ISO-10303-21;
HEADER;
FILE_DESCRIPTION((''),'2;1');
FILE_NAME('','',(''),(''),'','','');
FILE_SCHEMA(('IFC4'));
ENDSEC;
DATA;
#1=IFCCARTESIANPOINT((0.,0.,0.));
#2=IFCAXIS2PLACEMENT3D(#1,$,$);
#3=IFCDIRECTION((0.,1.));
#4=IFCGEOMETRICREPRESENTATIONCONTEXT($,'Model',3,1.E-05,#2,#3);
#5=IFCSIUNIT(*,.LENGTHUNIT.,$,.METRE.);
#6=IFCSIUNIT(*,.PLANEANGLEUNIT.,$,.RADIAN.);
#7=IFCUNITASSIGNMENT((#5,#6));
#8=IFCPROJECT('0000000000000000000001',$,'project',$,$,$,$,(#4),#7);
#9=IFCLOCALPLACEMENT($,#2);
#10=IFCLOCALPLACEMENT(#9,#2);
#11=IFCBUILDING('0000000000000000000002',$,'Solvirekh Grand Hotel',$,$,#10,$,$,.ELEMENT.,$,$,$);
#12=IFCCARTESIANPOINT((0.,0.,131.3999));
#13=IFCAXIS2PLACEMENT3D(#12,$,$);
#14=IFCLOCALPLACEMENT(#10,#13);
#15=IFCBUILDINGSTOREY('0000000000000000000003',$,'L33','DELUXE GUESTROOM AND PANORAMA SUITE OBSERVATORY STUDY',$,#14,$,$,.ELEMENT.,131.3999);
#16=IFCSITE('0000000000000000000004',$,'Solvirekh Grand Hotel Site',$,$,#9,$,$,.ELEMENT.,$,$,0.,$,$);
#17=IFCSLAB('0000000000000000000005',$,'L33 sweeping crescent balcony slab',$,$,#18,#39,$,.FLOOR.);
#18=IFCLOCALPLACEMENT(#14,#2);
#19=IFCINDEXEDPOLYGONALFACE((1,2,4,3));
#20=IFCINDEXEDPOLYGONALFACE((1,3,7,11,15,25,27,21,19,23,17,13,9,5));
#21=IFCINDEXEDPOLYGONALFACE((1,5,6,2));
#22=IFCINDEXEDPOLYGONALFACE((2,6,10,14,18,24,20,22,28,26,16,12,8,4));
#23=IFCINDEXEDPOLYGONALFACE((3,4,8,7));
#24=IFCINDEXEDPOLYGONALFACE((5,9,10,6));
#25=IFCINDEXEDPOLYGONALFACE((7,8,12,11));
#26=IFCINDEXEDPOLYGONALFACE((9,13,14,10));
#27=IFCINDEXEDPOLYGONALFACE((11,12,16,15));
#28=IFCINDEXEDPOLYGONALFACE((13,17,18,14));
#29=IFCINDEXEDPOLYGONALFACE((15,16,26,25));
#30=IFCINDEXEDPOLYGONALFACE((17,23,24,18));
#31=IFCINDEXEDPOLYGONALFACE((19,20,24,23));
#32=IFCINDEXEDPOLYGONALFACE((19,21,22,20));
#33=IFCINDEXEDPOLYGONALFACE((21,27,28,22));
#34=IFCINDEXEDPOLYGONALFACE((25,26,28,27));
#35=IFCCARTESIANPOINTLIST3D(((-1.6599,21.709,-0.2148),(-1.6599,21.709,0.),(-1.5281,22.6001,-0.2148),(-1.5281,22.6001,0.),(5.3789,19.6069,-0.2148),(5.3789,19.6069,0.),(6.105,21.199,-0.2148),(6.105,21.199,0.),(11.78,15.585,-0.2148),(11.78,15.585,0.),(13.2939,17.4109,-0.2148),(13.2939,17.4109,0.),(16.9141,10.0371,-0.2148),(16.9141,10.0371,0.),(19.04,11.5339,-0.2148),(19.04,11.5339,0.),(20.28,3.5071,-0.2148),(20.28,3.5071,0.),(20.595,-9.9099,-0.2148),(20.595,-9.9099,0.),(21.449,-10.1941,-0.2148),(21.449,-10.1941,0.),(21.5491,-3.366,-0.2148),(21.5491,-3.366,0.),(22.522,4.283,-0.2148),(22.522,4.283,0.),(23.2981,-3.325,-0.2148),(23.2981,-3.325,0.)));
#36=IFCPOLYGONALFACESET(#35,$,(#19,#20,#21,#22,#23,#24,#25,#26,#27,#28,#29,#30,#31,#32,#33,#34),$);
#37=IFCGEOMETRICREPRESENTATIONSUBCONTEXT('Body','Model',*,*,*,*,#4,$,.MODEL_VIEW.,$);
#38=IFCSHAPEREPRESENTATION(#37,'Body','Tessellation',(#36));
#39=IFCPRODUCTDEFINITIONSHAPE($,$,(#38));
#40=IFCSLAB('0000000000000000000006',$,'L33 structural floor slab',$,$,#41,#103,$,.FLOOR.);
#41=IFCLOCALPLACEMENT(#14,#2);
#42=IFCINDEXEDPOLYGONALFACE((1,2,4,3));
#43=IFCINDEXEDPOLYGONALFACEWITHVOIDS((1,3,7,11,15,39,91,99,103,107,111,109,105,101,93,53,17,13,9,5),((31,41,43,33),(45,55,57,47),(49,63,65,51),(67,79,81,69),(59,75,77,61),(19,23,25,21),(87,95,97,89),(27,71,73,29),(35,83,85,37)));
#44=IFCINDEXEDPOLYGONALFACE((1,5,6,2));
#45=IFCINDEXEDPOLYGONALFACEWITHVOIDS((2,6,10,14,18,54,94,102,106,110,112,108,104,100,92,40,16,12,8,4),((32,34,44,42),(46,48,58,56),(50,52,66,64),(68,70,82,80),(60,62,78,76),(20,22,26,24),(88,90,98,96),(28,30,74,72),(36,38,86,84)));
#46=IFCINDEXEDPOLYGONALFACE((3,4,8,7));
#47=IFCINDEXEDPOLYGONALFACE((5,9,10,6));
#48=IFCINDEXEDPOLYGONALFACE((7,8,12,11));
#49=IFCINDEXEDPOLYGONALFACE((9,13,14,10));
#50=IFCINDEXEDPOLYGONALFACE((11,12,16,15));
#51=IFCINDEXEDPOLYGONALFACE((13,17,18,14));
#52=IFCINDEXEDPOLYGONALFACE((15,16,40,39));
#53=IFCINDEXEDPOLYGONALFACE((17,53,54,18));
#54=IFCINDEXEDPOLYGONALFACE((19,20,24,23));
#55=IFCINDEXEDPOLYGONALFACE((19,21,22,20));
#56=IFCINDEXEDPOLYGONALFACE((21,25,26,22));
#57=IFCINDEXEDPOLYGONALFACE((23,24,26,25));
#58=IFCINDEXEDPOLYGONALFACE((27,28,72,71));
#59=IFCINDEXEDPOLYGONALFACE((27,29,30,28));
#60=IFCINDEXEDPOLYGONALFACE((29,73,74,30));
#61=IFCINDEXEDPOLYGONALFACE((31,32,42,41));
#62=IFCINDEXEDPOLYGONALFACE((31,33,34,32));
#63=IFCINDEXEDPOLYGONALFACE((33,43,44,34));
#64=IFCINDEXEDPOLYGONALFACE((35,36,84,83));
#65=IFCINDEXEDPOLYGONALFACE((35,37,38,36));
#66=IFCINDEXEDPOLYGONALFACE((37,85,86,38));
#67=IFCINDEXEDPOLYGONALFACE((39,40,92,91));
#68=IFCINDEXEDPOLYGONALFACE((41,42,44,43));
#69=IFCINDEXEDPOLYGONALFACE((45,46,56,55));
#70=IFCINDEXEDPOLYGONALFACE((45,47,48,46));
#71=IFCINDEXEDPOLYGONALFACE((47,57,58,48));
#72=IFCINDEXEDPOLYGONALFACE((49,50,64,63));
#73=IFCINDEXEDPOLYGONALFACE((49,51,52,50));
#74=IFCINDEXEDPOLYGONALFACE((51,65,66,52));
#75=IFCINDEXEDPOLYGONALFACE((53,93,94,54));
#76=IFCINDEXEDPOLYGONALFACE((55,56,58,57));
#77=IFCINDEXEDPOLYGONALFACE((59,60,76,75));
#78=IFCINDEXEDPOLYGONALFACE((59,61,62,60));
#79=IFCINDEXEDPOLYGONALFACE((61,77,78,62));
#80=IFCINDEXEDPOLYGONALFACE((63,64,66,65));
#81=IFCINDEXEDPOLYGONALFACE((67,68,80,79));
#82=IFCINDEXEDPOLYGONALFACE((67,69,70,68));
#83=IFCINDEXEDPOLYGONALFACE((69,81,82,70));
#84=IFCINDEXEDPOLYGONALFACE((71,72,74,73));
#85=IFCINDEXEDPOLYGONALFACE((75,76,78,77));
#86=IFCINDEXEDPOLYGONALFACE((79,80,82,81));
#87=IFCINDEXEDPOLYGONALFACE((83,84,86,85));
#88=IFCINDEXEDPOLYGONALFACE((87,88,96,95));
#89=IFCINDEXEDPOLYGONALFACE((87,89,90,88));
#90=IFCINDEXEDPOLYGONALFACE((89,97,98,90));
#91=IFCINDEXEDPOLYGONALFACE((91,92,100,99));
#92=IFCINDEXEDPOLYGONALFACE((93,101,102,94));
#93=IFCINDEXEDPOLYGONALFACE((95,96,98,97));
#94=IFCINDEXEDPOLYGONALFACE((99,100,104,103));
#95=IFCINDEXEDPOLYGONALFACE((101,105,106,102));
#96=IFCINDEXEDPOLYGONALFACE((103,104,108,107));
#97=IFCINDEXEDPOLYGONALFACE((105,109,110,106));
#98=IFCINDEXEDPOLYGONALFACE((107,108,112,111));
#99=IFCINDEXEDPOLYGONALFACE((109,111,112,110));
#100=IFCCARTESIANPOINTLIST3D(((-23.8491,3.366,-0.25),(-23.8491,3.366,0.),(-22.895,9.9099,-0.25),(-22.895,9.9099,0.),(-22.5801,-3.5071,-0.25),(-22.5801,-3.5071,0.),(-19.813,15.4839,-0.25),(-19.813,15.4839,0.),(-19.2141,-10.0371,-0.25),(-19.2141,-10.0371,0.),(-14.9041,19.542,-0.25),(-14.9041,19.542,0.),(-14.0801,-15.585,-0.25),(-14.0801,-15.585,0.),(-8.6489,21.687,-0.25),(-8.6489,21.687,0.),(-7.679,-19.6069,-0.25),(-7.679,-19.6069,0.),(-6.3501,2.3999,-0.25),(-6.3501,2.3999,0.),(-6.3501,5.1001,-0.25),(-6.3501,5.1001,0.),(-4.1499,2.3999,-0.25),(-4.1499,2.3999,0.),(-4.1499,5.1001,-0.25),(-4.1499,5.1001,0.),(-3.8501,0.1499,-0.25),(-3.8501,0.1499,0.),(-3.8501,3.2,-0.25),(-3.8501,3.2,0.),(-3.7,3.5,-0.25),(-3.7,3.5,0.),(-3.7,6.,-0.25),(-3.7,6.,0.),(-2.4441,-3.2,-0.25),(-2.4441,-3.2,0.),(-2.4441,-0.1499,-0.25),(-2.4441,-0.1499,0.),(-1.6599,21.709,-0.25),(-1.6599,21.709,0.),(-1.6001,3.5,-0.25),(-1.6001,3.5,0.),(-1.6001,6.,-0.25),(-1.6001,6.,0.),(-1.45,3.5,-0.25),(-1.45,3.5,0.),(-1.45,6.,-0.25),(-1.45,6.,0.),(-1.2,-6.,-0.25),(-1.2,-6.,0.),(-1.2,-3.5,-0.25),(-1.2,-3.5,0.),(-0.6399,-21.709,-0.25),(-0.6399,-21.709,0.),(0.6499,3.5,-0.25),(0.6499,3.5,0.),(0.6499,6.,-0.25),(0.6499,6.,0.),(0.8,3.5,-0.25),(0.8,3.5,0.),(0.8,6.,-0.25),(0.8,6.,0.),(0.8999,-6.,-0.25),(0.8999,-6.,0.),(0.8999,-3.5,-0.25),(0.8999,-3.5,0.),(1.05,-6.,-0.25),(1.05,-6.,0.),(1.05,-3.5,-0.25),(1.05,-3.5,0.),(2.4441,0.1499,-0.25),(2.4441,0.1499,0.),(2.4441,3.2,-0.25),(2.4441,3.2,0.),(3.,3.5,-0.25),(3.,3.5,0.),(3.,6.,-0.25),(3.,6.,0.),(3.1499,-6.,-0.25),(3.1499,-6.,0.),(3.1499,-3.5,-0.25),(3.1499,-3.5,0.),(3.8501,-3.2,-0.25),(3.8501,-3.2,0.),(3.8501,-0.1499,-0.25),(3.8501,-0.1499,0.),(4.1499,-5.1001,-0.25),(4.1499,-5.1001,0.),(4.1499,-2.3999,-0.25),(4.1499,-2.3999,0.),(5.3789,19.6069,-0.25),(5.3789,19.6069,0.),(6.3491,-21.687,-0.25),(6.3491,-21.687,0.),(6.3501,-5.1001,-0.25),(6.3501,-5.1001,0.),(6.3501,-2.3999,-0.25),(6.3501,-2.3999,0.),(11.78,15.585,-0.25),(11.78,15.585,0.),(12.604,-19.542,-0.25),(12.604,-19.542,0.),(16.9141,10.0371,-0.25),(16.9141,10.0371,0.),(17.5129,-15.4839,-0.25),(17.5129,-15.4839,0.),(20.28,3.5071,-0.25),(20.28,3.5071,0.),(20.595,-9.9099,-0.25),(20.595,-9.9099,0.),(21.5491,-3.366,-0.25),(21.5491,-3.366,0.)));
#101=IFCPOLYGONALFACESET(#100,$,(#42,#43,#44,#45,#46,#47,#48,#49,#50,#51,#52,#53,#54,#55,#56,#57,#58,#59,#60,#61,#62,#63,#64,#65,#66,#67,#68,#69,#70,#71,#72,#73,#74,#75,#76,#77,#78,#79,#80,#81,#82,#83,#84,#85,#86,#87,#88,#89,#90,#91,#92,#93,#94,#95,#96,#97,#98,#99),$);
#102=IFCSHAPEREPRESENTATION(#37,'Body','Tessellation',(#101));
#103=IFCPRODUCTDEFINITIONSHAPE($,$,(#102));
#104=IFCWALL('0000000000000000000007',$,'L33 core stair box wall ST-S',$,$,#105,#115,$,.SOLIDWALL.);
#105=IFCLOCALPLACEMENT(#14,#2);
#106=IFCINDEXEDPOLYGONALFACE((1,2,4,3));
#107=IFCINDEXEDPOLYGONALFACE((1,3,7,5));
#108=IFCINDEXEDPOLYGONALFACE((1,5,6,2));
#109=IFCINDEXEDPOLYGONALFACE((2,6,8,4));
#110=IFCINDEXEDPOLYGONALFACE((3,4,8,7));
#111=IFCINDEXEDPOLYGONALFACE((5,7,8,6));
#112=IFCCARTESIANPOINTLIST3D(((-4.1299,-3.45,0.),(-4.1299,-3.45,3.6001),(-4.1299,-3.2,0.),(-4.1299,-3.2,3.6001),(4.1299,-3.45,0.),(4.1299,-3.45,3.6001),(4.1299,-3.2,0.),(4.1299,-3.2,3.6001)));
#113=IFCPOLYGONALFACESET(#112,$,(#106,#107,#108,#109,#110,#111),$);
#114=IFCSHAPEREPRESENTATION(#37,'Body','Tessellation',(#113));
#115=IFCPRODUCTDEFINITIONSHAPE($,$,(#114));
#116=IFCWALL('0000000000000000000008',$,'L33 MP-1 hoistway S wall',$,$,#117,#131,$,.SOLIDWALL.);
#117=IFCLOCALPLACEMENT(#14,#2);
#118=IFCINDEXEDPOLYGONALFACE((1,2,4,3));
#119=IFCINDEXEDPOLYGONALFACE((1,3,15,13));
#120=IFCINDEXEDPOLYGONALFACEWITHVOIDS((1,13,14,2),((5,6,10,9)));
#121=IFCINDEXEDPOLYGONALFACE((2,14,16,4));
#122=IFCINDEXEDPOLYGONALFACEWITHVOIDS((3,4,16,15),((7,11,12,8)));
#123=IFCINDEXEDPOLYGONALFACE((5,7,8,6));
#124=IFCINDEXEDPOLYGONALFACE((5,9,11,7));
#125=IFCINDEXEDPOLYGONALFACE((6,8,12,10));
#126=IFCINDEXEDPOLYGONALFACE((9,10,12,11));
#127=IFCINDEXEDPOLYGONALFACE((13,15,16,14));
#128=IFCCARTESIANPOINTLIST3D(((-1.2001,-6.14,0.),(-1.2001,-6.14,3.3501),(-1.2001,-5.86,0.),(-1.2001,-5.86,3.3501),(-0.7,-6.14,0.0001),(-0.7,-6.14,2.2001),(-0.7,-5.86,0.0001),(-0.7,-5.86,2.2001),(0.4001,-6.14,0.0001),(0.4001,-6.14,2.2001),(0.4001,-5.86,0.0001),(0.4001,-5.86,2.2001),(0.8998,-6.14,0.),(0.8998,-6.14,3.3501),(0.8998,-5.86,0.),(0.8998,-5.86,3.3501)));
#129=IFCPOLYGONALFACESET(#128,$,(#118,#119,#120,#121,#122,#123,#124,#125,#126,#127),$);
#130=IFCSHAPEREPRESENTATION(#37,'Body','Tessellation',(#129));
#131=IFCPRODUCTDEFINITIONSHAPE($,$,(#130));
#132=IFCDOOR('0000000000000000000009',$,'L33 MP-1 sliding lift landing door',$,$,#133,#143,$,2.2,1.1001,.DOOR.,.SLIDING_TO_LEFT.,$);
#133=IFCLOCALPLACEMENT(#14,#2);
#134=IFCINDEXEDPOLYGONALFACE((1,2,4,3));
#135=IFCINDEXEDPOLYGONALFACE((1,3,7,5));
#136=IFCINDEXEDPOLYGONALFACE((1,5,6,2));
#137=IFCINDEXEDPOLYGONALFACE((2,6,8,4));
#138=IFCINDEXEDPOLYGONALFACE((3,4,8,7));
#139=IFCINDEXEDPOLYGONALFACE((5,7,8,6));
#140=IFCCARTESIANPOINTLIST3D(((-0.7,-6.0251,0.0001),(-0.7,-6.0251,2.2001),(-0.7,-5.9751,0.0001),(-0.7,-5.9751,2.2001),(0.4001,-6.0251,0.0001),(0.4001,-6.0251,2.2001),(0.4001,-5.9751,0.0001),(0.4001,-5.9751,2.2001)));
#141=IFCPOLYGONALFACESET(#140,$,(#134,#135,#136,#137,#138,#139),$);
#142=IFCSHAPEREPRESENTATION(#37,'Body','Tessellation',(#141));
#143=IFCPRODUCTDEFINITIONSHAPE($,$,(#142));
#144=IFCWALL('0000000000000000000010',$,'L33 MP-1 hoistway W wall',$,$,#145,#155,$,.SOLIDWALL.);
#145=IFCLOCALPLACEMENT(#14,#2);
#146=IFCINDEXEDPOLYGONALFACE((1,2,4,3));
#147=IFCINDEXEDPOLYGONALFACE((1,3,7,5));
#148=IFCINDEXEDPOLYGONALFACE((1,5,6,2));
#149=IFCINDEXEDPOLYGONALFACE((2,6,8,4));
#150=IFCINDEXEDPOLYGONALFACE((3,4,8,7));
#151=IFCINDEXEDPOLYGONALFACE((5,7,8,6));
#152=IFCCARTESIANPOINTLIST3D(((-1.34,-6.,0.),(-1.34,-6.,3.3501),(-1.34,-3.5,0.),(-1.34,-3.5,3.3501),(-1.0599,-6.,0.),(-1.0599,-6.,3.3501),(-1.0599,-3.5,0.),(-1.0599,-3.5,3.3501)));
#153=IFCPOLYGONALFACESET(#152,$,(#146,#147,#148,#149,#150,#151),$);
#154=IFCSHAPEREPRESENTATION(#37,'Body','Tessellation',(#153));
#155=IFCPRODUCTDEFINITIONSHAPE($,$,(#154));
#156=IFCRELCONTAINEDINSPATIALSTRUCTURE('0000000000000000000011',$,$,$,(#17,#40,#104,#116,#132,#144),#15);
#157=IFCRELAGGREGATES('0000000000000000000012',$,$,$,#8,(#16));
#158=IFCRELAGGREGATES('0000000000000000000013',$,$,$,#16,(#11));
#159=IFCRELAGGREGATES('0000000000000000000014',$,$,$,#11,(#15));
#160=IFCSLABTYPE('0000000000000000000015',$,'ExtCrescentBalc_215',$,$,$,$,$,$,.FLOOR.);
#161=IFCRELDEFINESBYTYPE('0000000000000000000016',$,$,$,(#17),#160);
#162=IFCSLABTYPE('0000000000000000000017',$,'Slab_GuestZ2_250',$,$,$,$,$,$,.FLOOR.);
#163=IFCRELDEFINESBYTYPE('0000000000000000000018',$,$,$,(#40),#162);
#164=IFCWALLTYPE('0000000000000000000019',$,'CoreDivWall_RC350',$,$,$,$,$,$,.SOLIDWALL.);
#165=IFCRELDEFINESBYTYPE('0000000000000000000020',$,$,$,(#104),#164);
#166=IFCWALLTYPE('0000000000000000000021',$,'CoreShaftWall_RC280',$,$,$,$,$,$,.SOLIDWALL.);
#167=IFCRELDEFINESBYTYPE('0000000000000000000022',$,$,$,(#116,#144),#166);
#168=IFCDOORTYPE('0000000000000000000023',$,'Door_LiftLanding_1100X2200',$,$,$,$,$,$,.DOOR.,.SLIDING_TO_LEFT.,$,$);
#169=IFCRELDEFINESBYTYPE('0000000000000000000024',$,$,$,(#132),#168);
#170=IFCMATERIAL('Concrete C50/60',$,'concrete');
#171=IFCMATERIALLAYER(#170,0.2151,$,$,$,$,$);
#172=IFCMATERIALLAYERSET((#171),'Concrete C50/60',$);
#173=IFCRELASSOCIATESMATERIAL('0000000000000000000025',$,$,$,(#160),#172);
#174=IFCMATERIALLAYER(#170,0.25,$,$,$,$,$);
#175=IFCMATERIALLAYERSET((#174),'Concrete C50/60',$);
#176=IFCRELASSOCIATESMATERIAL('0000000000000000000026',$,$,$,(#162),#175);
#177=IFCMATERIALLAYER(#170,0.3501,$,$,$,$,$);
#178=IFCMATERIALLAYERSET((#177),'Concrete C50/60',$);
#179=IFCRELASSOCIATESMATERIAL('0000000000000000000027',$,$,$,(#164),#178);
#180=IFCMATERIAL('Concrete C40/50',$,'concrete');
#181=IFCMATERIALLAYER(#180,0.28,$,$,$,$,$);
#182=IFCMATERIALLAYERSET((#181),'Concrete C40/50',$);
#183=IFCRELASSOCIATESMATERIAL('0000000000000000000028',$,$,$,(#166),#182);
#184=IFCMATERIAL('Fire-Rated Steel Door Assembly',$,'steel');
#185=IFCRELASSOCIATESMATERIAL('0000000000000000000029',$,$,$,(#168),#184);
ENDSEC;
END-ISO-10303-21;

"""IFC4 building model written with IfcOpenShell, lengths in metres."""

from ifc_helpers import new_model, si_unit, direction, frame, frame_2d, origin, place, context, subcontext, project, spatial, polyline, rectangle, outline, extrude, material, layer, layer_set, type_object, element, fill, save


model = new_model("IFC4")

# Units and contexts
model_context = context("Model", 3, precision=1e-05, world=origin(), true_north=direction((0.0, 1.0)))
body_context = subcontext(model_context, "Body", "Model", "MODEL_VIEW")
ifc_project = project(units=[si_unit("LENGTHUNIT", "METRE"), si_unit("PLANEANGLEUNIT", "RADIAN")], contexts=[model_context])

# Site, building, storey
site_placement = place(None, origin())
site = spatial("IfcSite", under=ifc_project, at=site_placement, Name="Solvirekh Grand Hotel Site", CompositionType="ELEMENT", RefElevation=0.0)
building_placement = place(site_placement, origin())
building = spatial("IfcBuilding", under=site, at=building_placement, Name="Solvirekh Grand Hotel", CompositionType="ELEMENT")
storey_placement = place(building_placement, frame((0.0, 0.0, 131.3999)))
storey = spatial("IfcBuildingStorey", under=building, at=storey_placement, Name="L33", Description="DELUXE GUESTROOM AND PANORAMA SUITE OBSERVATORY STUDY", CompositionType="ELEMENT", Elevation=131.3999)

# Slabs
ifc_material_1 = material(Name="Concrete C50/60", Category="concrete")
ifc_layer_1 = layer(ifc_material_1, 0.2151)
ifc_layer_set_1 = layer_set([ifc_layer_1], Name="Concrete C50/60")
slab_type_1 = type_object("IfcSlabType", Name="ExtCrescentBalc_215", PredefinedType="FLOOR", material=ifc_layer_set_1)
slab_1_placement = place(storey_placement, frame((0.0, 0.0, -0.2148)))
element("IfcSlab", 1, at=slab_1_placement, inside=storey, type_object=slab_type_1, Name="L33 sweeping crescent balcony slab", PredefinedType="FLOOR", context=body_context, shape_type="SweptSolid", body=[
    extrude(outline(polyline([(21.449, -10.1941), (23.2981, -3.325), (22.522, 4.283), (19.04, 11.5339), (13.2939, 17.4109), (6.105, 21.199), (-1.5281, 22.6001), (-1.6599, 21.709), (5.3789, 19.6069), (11.78, 15.585), (16.9141, 10.0371), (20.28, 3.5071), (21.5491, -3.366), (20.595, -9.9099), (21.449, -10.1941)])), origin(), (0.0, 0.0, 1.0), 0.2148),
])
ifc_layer_2 = layer(ifc_material_1, 0.25)
ifc_layer_set_2 = layer_set([ifc_layer_2], Name="Concrete C50/60")
slab_type_2 = type_object("IfcSlabType", Name="Slab_GuestZ2_250", PredefinedType="FLOOR", material=ifc_layer_set_2)
slab_2_placement = place(storey_placement, frame((0.0, 0.0, -0.25)))
element("IfcSlab", 2, at=slab_2_placement, inside=storey, type_object=slab_type_2, Name="L33 structural floor slab", PredefinedType="FLOOR", context=body_context, shape_type="SweptSolid", body=[
    extrude(outline(polyline([(17.5129, -15.4839), (20.595, -9.9099), (21.5491, -3.366), (20.28, 3.5071), (16.9141, 10.0371), (11.78, 15.585), (5.3789, 19.6069), (-1.6599, 21.709), (-8.6489, 21.687), (-14.9041, 19.542), (-19.813, 15.4839), (-22.895, 9.9099), (-23.8491, 3.366), (-22.5801, -3.5071), (-19.2141, -10.0371), (-14.0801, -15.585), (-7.679, -19.6069), (-0.6399, -21.709), (6.3491, -21.687), (12.604, -19.542), (17.5129, -15.4839)]), holes=[polyline([(-2.4441, -0.1499), (3.8501, -0.1499), (3.8501, -3.2), (-2.4441, -3.2), (-2.4441, -0.1499)]), polyline([(2.4441, 0.1499), (-3.8501, 0.1499), (-3.8501, 3.2), (2.4441, 3.2), (2.4441, 0.1499)]), polyline([(-1.2, -3.5), (0.8999, -3.5), (0.8999, -6.0), (-1.2, -6.0), (-1.2, -3.5)]), polyline([(1.05, -3.5), (3.1499, -3.5), (3.1499, -6.0), (1.05, -6.0), (1.05, -3.5)]), polyline([(-3.7, 6.0), (-1.6001, 6.0), (-1.6001, 3.5), (-3.7, 3.5), (-3.7, 6.0)]), polyline([(-1.45, 6.0), (0.6499, 6.0), (0.6499, 3.5), (-1.45, 3.5), (-1.45, 6.0)]), polyline([(0.8, 6.0), (3.0, 6.0), (3.0, 3.5), (0.8, 3.5), (0.8, 6.0)]), polyline([(-6.3501, 5.1001), (-4.1499, 5.1001), (-4.1499, 2.3999), (-6.3501, 2.3999), (-6.3501, 5.1001)]), polyline([(4.1499, -2.3999), (6.3501, -2.3999), (6.3501, -5.1001), (4.1499, -5.1001), (4.1499, -2.3999)])]), origin(), (0.0, 0.0, 1.0), 0.25),
])

# Wall
ifc_layer_3 = layer(ifc_material_1, 0.3501)
ifc_layer_set_3 = layer_set([ifc_layer_3], Name="Concrete C50/60")
wall_type_1 = type_object("IfcWallType", Name="CoreDivWall_RC350", PredefinedType="SOLIDWALL", material=ifc_layer_set_3)
wall_1_placement = place(storey_placement, frame((-4.1299, -3.325, 0.0), z_axis=(0.0, 0.0, 1.0), x_axis=(1.0, 0.0, 0.0)))
element("IfcWall", 3, at=wall_1_placement, inside=storey, type_object=wall_type_1, Name="L33 core stair box wall ST-S", PredefinedType="SOLIDWALL", context=body_context, shape_type="SweptSolid", body=[
    extrude(rectangle(XDim=8.2598, YDim=0.25, at=frame_2d((4.1299, 0.0))), origin(), (0.0, 0.0, 1.0), 3.6001),
])

# Wall, opening, door
ifc_material_2 = material(Name="Concrete C40/50", Category="concrete")
ifc_layer_4 = layer(ifc_material_2, 0.28)
ifc_layer_set_4 = layer_set([ifc_layer_4], Name="Concrete C40/50")
wall_type_2 = type_object("IfcWallType", Name="CoreShaftWall_RC280", PredefinedType="SOLIDWALL", material=ifc_layer_set_4)
wall_2_placement = place(storey_placement, frame((-1.2, -6.0, 0.0), z_axis=(0.0, 0.0, 1.0), x_axis=(1.0, 0.0, 0.0)))
wall_2 = element("IfcWall", 4, at=wall_2_placement, inside=storey, type_object=wall_type_2, Name="L33 MP-1 hoistway S wall", PredefinedType="SOLIDWALL", context=body_context, shape_type="SweptSolid", body=[
    extrude(rectangle(XDim=2.0999, YDim=0.28, at=frame_2d((1.0498, 0.0))), origin(), (0.0, 0.0, 1.0), 3.3501),
])
opening_1_placement = place(wall_2_placement, frame((0.5, 0.0, 0.0)))
opening_1 = element("IfcOpeningElement", 5, at=opening_1_placement, cuts=wall_2, PredefinedType="OPENING", context=body_context, shape_type="SweptSolid", body=[
    extrude(rectangle(XDim=1.1001, YDim=2.2, at=frame_2d((0.55, 1.1001))), frame((0.0, 0.1499, 0.0), z_axis=(0.0, -1.0, 0.0), x_axis=(1.0, 0.0, 0.0)), (0.0, 0.0, 1.0), 0.3),
])
ifc_material_3 = material(Name="Fire-Rated Steel Door Assembly", Category="steel")
door_type_1 = type_object("IfcDoorType", Name="Door_LiftLanding_1100X2200", OperationType="SLIDING_TO_LEFT", PredefinedType="DOOR", material=ifc_material_3)
door_1_placement = place(opening_1_placement, origin())
door_1 = element("IfcDoor", 6, at=door_1_placement, inside=storey, type_object=door_type_1, Name="L33 MP-1 sliding lift landing door", OperationType="SLIDING_TO_LEFT", OverallHeight=2.2, OverallWidth=1.1001, PredefinedType="DOOR", context=body_context, shape_type="SweptSolid", body=[
    extrude(rectangle(XDim=1.1001, YDim=2.2, at=frame_2d((0.55, 1.1001))), frame((0.0, 0.0249, 0.0), z_axis=(0.0, -1.0, 0.0), x_axis=(1.0, 0.0, 0.0)), (0.0, 0.0, 1.0), 0.05),
])
fill(opening_1, door_1)

# Wall
wall_3_placement = place(storey_placement, frame((-1.2, -3.5, 0.0), z_axis=(0.0, 0.0, 1.0), x_axis=(0.0, -1.0, 0.0)))
element("IfcWall", 7, at=wall_3_placement, inside=storey, type_object=wall_type_2, Name="L33 MP-1 hoistway W wall", PredefinedType="SOLIDWALL", context=body_context, shape_type="SweptSolid", body=[
    extrude(rectangle(XDim=2.5, YDim=0.28, at=frame_2d((1.25, 0.0))), origin(), (0.0, 0.0, 1.0), 3.3501),
])

save(model, "model.ifc")
